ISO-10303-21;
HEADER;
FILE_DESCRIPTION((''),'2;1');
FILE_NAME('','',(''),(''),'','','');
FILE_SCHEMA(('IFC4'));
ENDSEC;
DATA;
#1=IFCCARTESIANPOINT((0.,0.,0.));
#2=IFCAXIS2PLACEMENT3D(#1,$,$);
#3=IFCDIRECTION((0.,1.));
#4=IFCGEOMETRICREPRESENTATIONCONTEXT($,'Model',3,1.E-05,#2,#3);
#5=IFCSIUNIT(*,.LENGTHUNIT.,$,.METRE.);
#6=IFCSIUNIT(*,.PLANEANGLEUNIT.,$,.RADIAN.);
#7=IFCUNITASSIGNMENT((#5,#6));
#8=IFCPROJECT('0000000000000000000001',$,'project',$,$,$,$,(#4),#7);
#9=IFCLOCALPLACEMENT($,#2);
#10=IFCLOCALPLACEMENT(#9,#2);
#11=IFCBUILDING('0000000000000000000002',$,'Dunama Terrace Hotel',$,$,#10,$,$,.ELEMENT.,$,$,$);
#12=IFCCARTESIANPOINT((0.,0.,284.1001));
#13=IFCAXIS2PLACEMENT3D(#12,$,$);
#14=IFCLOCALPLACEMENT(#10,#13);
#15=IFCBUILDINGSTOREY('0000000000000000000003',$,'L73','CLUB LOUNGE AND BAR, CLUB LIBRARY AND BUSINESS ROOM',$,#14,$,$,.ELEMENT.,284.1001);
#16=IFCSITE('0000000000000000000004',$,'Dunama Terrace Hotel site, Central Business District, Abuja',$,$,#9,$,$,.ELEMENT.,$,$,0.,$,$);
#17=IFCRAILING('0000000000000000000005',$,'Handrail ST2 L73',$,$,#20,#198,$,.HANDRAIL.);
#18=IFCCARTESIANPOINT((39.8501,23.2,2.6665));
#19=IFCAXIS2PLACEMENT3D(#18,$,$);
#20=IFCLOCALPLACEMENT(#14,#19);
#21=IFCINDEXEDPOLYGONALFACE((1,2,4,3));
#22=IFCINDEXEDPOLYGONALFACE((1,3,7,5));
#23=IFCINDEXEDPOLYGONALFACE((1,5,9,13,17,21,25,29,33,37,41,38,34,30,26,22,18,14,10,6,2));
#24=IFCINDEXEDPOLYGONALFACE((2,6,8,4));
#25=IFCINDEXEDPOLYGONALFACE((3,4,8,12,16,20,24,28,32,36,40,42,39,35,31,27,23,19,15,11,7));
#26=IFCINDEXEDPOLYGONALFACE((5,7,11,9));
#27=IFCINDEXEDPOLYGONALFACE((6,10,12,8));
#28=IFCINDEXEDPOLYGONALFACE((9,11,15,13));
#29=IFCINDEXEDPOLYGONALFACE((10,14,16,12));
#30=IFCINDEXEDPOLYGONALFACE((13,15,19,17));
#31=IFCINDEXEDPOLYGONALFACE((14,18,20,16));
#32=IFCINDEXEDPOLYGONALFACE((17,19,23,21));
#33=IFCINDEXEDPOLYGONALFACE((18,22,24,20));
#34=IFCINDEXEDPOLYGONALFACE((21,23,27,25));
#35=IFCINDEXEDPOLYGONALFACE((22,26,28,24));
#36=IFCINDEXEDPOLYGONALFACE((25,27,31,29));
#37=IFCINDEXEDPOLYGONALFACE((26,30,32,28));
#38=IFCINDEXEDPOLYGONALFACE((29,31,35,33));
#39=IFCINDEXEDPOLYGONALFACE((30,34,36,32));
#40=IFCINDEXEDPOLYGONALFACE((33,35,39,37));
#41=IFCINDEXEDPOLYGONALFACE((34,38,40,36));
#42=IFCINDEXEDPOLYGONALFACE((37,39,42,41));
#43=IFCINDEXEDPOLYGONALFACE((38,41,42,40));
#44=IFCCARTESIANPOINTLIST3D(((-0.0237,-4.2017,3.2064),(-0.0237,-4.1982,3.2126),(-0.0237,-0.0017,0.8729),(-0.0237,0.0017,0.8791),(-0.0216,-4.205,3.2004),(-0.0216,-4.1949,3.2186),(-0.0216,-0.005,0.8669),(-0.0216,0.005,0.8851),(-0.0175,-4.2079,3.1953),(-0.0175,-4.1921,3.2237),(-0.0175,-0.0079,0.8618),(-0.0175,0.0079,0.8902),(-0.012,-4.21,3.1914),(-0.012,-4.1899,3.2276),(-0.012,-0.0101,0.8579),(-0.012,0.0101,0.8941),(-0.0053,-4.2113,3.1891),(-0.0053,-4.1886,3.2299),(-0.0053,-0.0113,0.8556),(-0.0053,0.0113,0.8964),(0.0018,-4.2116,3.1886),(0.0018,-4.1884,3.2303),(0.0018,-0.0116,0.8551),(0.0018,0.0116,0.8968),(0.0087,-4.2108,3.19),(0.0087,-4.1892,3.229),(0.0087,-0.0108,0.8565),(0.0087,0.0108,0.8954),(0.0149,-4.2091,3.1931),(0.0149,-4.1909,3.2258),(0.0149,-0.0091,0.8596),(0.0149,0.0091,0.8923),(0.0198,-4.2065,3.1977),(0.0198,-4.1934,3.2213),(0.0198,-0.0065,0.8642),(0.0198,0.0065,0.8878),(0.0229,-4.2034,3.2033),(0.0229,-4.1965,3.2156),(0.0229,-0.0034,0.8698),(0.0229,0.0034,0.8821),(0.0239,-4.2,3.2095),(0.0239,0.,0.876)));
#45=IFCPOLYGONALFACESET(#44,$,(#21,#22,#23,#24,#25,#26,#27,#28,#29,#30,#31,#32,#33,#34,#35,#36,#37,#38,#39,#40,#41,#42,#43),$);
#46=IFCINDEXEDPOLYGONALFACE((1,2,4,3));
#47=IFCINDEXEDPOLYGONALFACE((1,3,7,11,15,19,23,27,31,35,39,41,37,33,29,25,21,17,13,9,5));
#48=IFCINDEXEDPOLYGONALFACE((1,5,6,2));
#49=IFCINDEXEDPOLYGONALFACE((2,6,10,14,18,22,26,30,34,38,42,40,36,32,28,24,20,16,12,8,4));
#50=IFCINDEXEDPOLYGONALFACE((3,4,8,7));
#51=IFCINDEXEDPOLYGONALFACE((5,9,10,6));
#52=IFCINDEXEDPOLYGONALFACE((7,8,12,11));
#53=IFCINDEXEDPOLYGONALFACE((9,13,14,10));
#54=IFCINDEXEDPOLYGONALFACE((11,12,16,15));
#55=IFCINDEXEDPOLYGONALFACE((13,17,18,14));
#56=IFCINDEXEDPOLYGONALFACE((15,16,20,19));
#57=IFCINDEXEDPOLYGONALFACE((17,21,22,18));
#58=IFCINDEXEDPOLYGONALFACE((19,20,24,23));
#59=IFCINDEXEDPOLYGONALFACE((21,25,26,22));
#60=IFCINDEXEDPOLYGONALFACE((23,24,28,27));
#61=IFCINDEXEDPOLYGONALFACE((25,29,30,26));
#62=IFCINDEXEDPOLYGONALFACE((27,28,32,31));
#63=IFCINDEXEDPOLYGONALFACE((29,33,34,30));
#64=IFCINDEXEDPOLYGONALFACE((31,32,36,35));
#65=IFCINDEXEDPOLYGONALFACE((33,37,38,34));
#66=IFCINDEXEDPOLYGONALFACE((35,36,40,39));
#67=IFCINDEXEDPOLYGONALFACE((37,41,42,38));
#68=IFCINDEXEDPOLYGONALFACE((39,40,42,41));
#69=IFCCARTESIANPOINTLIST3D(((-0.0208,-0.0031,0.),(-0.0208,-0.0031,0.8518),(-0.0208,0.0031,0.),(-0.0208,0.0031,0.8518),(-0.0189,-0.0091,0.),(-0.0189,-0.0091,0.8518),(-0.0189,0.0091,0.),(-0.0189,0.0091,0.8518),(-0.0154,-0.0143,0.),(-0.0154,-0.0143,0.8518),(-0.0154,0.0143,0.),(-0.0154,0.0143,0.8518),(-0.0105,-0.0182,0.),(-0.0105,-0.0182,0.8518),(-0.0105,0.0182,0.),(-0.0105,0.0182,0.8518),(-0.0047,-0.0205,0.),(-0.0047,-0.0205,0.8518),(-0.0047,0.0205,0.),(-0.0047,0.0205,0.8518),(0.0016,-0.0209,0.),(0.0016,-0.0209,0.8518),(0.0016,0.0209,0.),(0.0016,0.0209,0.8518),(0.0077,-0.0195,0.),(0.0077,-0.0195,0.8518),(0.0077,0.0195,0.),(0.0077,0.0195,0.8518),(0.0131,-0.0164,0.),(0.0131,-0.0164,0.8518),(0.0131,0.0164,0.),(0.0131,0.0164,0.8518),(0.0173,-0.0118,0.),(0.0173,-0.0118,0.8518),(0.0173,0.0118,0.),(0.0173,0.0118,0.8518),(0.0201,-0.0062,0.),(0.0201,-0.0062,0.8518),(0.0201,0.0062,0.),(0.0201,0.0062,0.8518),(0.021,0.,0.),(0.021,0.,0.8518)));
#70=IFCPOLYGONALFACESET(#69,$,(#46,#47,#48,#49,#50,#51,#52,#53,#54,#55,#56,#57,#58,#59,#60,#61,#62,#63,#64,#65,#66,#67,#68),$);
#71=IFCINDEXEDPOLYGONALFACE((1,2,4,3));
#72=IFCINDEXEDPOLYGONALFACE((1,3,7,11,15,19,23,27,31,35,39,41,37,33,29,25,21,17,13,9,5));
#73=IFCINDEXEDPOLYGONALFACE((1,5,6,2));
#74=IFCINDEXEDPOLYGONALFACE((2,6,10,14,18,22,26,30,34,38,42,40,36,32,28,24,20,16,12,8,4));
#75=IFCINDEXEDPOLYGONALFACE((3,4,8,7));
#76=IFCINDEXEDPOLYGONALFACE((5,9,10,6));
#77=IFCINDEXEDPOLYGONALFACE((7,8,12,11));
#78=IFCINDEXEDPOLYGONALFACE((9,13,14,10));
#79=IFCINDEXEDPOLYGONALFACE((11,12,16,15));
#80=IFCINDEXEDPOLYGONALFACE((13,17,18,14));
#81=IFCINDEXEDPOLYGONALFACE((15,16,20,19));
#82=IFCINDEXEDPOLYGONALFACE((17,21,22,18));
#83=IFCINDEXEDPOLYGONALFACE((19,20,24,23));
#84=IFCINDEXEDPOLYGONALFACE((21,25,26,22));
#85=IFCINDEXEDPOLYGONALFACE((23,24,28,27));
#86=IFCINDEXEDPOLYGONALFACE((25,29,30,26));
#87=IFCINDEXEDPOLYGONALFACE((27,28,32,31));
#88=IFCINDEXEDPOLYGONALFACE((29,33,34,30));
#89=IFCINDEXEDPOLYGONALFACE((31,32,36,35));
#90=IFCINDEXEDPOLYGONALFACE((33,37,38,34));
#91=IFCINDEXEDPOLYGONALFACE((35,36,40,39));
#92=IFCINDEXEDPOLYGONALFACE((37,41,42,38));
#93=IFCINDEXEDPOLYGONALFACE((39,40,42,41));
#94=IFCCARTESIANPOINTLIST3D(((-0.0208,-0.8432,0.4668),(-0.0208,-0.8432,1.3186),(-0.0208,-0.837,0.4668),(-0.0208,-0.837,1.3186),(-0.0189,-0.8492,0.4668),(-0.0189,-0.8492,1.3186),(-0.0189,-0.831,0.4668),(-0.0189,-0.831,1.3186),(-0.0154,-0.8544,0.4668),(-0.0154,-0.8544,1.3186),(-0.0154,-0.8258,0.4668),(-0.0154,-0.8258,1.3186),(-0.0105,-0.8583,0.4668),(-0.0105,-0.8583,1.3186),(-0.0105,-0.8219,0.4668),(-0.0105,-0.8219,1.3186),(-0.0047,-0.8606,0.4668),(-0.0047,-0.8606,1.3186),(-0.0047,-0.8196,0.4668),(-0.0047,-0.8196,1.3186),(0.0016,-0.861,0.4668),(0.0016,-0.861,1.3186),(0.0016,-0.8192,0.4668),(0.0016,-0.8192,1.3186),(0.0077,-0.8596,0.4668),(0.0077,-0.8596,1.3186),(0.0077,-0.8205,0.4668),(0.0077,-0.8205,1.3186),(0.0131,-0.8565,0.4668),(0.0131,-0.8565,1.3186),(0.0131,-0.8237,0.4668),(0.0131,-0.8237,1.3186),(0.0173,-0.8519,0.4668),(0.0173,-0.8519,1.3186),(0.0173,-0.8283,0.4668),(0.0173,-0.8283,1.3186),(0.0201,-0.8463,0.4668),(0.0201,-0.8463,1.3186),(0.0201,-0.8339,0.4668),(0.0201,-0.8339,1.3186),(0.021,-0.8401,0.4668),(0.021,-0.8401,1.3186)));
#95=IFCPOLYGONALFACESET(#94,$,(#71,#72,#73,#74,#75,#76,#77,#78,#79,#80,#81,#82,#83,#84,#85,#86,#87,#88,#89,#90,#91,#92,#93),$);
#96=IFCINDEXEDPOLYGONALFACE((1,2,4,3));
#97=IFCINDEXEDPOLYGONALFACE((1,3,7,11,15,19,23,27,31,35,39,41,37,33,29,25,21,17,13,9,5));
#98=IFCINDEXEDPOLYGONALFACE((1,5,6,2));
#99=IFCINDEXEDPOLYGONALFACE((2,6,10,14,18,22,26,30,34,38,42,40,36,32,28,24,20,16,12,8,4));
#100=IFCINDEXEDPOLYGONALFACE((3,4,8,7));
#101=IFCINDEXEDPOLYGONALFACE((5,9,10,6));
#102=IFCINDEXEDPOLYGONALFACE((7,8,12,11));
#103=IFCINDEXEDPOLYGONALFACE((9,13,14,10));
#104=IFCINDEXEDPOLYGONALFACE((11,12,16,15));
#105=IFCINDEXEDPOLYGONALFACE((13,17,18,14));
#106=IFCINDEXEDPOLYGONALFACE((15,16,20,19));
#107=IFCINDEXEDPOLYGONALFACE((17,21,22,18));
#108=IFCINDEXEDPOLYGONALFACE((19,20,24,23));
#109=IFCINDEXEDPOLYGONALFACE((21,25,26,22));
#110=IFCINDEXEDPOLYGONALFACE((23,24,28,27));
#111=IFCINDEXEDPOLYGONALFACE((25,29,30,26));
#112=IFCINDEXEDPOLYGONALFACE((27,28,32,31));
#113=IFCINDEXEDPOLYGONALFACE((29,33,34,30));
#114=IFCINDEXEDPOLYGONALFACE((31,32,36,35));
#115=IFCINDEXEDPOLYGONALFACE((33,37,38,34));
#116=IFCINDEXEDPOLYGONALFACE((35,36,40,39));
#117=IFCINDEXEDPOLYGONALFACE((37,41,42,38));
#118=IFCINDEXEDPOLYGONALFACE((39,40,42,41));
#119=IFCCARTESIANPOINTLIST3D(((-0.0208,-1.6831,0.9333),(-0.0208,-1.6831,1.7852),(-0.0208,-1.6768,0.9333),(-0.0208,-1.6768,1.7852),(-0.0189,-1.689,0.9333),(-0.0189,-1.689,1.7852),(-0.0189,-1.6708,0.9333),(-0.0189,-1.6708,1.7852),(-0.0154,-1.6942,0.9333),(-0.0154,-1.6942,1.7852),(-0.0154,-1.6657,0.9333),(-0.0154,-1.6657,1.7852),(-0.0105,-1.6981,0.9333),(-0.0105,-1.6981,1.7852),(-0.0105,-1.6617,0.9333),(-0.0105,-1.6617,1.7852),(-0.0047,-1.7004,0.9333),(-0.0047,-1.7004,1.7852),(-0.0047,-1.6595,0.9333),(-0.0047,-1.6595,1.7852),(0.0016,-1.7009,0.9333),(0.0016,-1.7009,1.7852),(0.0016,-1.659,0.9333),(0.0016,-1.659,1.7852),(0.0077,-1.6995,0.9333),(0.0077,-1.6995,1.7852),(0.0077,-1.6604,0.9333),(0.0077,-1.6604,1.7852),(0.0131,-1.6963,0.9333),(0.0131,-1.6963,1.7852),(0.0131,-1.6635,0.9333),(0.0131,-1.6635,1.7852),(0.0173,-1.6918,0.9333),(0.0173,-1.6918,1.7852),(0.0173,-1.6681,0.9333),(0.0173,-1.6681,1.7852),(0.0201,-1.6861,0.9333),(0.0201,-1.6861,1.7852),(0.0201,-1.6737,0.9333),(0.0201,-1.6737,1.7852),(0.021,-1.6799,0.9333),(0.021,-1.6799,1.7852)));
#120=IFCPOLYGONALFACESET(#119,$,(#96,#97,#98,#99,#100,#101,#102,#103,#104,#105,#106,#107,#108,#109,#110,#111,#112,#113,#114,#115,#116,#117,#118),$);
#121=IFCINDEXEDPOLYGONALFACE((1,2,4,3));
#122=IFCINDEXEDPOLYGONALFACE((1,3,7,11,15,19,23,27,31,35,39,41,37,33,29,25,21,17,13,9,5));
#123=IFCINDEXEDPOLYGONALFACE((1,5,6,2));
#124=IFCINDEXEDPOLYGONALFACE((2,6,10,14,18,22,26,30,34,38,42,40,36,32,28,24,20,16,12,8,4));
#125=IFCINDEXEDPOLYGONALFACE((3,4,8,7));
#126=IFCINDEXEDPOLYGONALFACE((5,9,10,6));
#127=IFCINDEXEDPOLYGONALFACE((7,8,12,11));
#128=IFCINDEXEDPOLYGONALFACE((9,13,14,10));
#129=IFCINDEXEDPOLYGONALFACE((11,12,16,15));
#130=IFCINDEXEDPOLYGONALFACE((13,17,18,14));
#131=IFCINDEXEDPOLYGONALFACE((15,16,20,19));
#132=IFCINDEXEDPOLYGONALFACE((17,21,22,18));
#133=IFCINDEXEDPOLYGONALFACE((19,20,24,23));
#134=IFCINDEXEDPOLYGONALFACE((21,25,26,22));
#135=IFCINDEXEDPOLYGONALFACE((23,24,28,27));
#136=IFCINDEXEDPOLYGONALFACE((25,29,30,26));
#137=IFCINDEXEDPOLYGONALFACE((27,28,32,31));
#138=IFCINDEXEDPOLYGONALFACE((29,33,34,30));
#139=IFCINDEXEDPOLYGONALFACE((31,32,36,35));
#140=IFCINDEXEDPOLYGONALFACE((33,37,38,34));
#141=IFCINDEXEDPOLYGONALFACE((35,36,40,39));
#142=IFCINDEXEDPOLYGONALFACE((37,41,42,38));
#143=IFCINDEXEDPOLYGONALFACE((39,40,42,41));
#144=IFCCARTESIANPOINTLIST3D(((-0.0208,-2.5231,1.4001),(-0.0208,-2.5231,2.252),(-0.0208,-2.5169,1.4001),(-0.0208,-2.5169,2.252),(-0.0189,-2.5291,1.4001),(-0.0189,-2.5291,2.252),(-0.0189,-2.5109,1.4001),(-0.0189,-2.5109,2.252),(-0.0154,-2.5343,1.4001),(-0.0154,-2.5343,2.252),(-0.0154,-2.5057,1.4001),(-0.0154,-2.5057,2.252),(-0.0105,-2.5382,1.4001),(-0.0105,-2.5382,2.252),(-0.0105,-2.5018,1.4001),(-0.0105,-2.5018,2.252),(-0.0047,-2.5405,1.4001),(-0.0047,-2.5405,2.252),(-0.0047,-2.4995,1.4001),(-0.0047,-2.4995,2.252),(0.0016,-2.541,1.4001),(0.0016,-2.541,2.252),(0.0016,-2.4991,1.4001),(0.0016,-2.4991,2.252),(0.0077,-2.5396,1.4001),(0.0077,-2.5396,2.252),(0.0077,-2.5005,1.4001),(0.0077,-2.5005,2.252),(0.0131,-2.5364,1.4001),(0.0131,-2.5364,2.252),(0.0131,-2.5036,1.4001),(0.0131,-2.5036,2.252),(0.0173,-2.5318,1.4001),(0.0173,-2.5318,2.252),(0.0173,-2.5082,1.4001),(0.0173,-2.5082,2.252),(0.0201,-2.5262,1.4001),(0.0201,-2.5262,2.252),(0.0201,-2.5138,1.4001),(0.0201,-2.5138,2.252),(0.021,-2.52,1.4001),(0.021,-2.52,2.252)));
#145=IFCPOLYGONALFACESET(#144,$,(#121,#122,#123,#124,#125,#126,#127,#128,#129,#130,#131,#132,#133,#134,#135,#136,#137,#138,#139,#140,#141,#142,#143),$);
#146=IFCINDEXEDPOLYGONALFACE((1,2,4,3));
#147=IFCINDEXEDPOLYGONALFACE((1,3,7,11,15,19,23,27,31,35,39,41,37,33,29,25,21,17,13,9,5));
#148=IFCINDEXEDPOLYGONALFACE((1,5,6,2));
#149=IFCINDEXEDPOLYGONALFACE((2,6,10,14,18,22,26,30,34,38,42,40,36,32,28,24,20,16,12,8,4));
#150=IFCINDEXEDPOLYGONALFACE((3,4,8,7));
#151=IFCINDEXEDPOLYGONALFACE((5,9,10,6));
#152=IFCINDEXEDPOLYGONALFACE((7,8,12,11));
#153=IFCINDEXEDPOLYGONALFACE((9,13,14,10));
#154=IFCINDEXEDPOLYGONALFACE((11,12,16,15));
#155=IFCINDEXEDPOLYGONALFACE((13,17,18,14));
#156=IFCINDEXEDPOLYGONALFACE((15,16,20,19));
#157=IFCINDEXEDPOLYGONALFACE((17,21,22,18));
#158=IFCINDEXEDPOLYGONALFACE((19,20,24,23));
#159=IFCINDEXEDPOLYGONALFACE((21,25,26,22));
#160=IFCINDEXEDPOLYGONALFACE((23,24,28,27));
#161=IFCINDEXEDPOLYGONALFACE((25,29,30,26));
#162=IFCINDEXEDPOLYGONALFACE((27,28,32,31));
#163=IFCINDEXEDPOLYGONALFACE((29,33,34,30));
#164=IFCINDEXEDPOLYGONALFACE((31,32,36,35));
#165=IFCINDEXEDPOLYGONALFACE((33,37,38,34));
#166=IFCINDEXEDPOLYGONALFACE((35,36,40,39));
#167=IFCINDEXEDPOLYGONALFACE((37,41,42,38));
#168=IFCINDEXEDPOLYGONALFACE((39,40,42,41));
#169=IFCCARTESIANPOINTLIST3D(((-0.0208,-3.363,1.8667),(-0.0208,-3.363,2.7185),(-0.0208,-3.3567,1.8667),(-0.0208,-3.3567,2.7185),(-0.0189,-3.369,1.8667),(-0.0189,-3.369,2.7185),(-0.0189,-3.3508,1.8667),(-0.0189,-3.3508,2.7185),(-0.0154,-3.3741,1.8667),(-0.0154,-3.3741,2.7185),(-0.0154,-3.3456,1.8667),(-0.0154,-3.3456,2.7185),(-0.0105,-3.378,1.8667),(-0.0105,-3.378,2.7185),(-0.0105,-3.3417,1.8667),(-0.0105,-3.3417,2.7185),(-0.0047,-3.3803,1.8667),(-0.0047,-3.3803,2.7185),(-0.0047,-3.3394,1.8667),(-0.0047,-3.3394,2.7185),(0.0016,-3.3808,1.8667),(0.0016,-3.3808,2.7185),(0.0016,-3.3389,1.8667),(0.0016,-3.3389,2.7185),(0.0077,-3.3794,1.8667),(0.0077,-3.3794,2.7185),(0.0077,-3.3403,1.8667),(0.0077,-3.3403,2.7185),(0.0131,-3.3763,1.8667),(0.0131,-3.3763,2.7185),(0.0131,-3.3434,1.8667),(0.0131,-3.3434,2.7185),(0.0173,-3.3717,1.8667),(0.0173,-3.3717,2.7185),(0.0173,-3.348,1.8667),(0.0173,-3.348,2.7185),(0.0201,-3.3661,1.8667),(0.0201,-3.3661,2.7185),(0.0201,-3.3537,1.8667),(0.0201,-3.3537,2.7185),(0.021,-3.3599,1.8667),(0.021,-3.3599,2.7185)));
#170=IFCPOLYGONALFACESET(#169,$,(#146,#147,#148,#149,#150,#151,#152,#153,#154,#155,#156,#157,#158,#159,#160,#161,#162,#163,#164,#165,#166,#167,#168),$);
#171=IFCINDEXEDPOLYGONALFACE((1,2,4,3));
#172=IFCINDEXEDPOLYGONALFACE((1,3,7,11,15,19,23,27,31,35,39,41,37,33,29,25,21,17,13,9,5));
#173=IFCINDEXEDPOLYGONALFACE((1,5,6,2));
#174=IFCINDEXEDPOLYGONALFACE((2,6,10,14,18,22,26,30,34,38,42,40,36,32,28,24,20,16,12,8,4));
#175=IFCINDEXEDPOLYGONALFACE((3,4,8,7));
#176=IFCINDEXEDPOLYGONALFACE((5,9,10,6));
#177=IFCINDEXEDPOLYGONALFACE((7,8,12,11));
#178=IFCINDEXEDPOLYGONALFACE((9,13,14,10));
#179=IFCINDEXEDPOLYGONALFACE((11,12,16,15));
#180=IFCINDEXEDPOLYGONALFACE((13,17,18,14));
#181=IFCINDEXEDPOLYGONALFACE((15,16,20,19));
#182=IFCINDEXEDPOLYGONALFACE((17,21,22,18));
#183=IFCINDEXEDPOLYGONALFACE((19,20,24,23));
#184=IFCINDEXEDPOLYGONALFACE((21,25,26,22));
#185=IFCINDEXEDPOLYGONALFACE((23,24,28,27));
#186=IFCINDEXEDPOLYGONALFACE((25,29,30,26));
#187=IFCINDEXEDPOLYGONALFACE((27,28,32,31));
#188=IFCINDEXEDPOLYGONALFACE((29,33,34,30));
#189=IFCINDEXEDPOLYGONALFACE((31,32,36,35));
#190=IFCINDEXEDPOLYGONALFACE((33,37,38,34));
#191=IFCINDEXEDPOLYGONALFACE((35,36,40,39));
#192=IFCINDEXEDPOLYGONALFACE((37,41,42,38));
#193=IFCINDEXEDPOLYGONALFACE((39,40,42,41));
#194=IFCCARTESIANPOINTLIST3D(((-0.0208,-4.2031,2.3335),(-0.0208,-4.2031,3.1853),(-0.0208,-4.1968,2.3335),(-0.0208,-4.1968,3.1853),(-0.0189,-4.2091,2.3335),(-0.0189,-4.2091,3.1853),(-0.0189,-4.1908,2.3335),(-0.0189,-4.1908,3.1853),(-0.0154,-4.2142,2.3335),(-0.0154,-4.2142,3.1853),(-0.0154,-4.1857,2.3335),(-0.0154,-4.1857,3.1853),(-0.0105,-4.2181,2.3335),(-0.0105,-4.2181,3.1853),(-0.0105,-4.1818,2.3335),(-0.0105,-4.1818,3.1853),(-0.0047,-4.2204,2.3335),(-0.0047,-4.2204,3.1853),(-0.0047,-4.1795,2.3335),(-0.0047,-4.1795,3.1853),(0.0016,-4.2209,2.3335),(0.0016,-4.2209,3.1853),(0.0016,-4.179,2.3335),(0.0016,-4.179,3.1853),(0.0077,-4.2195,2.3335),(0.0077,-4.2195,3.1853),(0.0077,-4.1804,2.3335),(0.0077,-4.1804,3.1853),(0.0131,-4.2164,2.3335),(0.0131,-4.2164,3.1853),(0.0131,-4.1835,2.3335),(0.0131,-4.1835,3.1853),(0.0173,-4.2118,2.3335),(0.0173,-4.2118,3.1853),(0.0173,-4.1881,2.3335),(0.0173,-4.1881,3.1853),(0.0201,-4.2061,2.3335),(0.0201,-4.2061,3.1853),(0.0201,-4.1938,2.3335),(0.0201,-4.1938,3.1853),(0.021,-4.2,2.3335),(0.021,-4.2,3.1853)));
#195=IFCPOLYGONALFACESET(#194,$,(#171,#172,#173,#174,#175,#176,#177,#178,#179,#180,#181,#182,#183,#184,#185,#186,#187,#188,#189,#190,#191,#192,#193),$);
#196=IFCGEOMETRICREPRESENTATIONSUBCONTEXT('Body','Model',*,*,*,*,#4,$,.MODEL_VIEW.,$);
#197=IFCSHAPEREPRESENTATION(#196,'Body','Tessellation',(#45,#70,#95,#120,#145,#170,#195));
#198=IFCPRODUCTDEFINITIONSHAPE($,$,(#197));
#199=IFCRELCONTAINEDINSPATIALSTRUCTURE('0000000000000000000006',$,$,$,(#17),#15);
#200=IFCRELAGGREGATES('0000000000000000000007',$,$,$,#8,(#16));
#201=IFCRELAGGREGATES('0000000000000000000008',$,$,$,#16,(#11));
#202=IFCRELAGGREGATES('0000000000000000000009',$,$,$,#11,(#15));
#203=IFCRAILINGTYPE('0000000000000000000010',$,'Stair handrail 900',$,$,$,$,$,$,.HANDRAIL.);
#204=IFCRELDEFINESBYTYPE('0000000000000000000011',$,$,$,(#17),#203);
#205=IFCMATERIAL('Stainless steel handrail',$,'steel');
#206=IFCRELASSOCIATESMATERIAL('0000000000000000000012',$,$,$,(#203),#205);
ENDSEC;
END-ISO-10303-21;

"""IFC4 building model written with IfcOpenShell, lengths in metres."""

from ifc_helpers import new_model, si_unit, direction, frame, origin, origin_2d, place, context, subcontext, project, spatial, circle, extrude, material, type_object, element, save


model = new_model("IFC4")

# Units and contexts
model_context = context("Model", 3, precision=1e-05, world=origin(), true_north=direction((0.0, 1.0)))
body_context = subcontext(model_context, "Body", "Model", "MODEL_VIEW")
ifc_project = project(units=[si_unit("LENGTHUNIT", "METRE"), si_unit("PLANEANGLEUNIT", "RADIAN")], contexts=[model_context])

# Site, building, storey
site_placement = place(None, origin())
site = spatial("IfcSite", under=ifc_project, at=site_placement, Name="Dunama Terrace Hotel site, Central Business District, Abuja", CompositionType="ELEMENT", RefElevation=0.0)
building_placement = place(site_placement, origin())
building = spatial("IfcBuilding", under=site, at=building_placement, Name="Dunama Terrace Hotel", CompositionType="ELEMENT")
storey_placement = place(building_placement, frame((0.0, 0.0, 284.1001)))
storey = spatial("IfcBuildingStorey", under=building, at=storey_placement, Name="L73", Description="CLUB LOUNGE AND BAR, CLUB LIBRARY AND BUSINESS ROOM", CompositionType="ELEMENT", Elevation=284.1001)

# Railing
ifc_material_1 = material(Name="Stainless steel handrail", Category="steel")
railing_type_1 = type_object("IfcRailingType", Name="Stair handrail 900", PredefinedType="HANDRAIL", material=ifc_material_1)
railing_1_placement = place(storey_placement, frame((39.8501, 23.2, 2.6665)))
element("IfcRailing", 1, at=railing_1_placement, inside=storey, type_object=railing_type_1, Name="Handrail ST2 L73", PredefinedType="HANDRAIL", context=body_context, shape_type="SweptSolid", body=[
    extrude(circle(Radius=0.0239, at=origin_2d()), frame((0.0, 0.0, 0.876), z_axis=(0.0, -0.87414, 0.485673), x_axis=(1.0, 0.0, 0.0)), (0.0, 0.0, 1.0), 4.8047),
    extrude(circle(Radius=0.021, at=origin_2d()), origin(), (0.0, 0.0, 1.0), 0.8518),
    extrude(circle(Radius=0.021, at=origin_2d()), frame((0.0, -0.8401, 0.4668)), (0.0, 0.0, 1.0), 0.8518),
    extrude(circle(Radius=0.021, at=origin_2d()), frame((0.0, -1.6799, 0.9333)), (0.0, 0.0, 1.0), 0.8518),
    extrude(circle(Radius=0.021, at=origin_2d()), frame((0.0, -2.52, 1.4001)), (0.0, 0.0, 1.0), 0.8518),
    extrude(circle(Radius=0.021, at=origin_2d()), frame((0.0, -3.3599, 1.8667)), (0.0, 0.0, 1.0), 0.8518),
    extrude(circle(Radius=0.021, at=origin_2d()), frame((0.0, -4.2, 2.3335)), (0.0, 0.0, 1.0), 0.8518),
])

save(model, "model.ifc")
